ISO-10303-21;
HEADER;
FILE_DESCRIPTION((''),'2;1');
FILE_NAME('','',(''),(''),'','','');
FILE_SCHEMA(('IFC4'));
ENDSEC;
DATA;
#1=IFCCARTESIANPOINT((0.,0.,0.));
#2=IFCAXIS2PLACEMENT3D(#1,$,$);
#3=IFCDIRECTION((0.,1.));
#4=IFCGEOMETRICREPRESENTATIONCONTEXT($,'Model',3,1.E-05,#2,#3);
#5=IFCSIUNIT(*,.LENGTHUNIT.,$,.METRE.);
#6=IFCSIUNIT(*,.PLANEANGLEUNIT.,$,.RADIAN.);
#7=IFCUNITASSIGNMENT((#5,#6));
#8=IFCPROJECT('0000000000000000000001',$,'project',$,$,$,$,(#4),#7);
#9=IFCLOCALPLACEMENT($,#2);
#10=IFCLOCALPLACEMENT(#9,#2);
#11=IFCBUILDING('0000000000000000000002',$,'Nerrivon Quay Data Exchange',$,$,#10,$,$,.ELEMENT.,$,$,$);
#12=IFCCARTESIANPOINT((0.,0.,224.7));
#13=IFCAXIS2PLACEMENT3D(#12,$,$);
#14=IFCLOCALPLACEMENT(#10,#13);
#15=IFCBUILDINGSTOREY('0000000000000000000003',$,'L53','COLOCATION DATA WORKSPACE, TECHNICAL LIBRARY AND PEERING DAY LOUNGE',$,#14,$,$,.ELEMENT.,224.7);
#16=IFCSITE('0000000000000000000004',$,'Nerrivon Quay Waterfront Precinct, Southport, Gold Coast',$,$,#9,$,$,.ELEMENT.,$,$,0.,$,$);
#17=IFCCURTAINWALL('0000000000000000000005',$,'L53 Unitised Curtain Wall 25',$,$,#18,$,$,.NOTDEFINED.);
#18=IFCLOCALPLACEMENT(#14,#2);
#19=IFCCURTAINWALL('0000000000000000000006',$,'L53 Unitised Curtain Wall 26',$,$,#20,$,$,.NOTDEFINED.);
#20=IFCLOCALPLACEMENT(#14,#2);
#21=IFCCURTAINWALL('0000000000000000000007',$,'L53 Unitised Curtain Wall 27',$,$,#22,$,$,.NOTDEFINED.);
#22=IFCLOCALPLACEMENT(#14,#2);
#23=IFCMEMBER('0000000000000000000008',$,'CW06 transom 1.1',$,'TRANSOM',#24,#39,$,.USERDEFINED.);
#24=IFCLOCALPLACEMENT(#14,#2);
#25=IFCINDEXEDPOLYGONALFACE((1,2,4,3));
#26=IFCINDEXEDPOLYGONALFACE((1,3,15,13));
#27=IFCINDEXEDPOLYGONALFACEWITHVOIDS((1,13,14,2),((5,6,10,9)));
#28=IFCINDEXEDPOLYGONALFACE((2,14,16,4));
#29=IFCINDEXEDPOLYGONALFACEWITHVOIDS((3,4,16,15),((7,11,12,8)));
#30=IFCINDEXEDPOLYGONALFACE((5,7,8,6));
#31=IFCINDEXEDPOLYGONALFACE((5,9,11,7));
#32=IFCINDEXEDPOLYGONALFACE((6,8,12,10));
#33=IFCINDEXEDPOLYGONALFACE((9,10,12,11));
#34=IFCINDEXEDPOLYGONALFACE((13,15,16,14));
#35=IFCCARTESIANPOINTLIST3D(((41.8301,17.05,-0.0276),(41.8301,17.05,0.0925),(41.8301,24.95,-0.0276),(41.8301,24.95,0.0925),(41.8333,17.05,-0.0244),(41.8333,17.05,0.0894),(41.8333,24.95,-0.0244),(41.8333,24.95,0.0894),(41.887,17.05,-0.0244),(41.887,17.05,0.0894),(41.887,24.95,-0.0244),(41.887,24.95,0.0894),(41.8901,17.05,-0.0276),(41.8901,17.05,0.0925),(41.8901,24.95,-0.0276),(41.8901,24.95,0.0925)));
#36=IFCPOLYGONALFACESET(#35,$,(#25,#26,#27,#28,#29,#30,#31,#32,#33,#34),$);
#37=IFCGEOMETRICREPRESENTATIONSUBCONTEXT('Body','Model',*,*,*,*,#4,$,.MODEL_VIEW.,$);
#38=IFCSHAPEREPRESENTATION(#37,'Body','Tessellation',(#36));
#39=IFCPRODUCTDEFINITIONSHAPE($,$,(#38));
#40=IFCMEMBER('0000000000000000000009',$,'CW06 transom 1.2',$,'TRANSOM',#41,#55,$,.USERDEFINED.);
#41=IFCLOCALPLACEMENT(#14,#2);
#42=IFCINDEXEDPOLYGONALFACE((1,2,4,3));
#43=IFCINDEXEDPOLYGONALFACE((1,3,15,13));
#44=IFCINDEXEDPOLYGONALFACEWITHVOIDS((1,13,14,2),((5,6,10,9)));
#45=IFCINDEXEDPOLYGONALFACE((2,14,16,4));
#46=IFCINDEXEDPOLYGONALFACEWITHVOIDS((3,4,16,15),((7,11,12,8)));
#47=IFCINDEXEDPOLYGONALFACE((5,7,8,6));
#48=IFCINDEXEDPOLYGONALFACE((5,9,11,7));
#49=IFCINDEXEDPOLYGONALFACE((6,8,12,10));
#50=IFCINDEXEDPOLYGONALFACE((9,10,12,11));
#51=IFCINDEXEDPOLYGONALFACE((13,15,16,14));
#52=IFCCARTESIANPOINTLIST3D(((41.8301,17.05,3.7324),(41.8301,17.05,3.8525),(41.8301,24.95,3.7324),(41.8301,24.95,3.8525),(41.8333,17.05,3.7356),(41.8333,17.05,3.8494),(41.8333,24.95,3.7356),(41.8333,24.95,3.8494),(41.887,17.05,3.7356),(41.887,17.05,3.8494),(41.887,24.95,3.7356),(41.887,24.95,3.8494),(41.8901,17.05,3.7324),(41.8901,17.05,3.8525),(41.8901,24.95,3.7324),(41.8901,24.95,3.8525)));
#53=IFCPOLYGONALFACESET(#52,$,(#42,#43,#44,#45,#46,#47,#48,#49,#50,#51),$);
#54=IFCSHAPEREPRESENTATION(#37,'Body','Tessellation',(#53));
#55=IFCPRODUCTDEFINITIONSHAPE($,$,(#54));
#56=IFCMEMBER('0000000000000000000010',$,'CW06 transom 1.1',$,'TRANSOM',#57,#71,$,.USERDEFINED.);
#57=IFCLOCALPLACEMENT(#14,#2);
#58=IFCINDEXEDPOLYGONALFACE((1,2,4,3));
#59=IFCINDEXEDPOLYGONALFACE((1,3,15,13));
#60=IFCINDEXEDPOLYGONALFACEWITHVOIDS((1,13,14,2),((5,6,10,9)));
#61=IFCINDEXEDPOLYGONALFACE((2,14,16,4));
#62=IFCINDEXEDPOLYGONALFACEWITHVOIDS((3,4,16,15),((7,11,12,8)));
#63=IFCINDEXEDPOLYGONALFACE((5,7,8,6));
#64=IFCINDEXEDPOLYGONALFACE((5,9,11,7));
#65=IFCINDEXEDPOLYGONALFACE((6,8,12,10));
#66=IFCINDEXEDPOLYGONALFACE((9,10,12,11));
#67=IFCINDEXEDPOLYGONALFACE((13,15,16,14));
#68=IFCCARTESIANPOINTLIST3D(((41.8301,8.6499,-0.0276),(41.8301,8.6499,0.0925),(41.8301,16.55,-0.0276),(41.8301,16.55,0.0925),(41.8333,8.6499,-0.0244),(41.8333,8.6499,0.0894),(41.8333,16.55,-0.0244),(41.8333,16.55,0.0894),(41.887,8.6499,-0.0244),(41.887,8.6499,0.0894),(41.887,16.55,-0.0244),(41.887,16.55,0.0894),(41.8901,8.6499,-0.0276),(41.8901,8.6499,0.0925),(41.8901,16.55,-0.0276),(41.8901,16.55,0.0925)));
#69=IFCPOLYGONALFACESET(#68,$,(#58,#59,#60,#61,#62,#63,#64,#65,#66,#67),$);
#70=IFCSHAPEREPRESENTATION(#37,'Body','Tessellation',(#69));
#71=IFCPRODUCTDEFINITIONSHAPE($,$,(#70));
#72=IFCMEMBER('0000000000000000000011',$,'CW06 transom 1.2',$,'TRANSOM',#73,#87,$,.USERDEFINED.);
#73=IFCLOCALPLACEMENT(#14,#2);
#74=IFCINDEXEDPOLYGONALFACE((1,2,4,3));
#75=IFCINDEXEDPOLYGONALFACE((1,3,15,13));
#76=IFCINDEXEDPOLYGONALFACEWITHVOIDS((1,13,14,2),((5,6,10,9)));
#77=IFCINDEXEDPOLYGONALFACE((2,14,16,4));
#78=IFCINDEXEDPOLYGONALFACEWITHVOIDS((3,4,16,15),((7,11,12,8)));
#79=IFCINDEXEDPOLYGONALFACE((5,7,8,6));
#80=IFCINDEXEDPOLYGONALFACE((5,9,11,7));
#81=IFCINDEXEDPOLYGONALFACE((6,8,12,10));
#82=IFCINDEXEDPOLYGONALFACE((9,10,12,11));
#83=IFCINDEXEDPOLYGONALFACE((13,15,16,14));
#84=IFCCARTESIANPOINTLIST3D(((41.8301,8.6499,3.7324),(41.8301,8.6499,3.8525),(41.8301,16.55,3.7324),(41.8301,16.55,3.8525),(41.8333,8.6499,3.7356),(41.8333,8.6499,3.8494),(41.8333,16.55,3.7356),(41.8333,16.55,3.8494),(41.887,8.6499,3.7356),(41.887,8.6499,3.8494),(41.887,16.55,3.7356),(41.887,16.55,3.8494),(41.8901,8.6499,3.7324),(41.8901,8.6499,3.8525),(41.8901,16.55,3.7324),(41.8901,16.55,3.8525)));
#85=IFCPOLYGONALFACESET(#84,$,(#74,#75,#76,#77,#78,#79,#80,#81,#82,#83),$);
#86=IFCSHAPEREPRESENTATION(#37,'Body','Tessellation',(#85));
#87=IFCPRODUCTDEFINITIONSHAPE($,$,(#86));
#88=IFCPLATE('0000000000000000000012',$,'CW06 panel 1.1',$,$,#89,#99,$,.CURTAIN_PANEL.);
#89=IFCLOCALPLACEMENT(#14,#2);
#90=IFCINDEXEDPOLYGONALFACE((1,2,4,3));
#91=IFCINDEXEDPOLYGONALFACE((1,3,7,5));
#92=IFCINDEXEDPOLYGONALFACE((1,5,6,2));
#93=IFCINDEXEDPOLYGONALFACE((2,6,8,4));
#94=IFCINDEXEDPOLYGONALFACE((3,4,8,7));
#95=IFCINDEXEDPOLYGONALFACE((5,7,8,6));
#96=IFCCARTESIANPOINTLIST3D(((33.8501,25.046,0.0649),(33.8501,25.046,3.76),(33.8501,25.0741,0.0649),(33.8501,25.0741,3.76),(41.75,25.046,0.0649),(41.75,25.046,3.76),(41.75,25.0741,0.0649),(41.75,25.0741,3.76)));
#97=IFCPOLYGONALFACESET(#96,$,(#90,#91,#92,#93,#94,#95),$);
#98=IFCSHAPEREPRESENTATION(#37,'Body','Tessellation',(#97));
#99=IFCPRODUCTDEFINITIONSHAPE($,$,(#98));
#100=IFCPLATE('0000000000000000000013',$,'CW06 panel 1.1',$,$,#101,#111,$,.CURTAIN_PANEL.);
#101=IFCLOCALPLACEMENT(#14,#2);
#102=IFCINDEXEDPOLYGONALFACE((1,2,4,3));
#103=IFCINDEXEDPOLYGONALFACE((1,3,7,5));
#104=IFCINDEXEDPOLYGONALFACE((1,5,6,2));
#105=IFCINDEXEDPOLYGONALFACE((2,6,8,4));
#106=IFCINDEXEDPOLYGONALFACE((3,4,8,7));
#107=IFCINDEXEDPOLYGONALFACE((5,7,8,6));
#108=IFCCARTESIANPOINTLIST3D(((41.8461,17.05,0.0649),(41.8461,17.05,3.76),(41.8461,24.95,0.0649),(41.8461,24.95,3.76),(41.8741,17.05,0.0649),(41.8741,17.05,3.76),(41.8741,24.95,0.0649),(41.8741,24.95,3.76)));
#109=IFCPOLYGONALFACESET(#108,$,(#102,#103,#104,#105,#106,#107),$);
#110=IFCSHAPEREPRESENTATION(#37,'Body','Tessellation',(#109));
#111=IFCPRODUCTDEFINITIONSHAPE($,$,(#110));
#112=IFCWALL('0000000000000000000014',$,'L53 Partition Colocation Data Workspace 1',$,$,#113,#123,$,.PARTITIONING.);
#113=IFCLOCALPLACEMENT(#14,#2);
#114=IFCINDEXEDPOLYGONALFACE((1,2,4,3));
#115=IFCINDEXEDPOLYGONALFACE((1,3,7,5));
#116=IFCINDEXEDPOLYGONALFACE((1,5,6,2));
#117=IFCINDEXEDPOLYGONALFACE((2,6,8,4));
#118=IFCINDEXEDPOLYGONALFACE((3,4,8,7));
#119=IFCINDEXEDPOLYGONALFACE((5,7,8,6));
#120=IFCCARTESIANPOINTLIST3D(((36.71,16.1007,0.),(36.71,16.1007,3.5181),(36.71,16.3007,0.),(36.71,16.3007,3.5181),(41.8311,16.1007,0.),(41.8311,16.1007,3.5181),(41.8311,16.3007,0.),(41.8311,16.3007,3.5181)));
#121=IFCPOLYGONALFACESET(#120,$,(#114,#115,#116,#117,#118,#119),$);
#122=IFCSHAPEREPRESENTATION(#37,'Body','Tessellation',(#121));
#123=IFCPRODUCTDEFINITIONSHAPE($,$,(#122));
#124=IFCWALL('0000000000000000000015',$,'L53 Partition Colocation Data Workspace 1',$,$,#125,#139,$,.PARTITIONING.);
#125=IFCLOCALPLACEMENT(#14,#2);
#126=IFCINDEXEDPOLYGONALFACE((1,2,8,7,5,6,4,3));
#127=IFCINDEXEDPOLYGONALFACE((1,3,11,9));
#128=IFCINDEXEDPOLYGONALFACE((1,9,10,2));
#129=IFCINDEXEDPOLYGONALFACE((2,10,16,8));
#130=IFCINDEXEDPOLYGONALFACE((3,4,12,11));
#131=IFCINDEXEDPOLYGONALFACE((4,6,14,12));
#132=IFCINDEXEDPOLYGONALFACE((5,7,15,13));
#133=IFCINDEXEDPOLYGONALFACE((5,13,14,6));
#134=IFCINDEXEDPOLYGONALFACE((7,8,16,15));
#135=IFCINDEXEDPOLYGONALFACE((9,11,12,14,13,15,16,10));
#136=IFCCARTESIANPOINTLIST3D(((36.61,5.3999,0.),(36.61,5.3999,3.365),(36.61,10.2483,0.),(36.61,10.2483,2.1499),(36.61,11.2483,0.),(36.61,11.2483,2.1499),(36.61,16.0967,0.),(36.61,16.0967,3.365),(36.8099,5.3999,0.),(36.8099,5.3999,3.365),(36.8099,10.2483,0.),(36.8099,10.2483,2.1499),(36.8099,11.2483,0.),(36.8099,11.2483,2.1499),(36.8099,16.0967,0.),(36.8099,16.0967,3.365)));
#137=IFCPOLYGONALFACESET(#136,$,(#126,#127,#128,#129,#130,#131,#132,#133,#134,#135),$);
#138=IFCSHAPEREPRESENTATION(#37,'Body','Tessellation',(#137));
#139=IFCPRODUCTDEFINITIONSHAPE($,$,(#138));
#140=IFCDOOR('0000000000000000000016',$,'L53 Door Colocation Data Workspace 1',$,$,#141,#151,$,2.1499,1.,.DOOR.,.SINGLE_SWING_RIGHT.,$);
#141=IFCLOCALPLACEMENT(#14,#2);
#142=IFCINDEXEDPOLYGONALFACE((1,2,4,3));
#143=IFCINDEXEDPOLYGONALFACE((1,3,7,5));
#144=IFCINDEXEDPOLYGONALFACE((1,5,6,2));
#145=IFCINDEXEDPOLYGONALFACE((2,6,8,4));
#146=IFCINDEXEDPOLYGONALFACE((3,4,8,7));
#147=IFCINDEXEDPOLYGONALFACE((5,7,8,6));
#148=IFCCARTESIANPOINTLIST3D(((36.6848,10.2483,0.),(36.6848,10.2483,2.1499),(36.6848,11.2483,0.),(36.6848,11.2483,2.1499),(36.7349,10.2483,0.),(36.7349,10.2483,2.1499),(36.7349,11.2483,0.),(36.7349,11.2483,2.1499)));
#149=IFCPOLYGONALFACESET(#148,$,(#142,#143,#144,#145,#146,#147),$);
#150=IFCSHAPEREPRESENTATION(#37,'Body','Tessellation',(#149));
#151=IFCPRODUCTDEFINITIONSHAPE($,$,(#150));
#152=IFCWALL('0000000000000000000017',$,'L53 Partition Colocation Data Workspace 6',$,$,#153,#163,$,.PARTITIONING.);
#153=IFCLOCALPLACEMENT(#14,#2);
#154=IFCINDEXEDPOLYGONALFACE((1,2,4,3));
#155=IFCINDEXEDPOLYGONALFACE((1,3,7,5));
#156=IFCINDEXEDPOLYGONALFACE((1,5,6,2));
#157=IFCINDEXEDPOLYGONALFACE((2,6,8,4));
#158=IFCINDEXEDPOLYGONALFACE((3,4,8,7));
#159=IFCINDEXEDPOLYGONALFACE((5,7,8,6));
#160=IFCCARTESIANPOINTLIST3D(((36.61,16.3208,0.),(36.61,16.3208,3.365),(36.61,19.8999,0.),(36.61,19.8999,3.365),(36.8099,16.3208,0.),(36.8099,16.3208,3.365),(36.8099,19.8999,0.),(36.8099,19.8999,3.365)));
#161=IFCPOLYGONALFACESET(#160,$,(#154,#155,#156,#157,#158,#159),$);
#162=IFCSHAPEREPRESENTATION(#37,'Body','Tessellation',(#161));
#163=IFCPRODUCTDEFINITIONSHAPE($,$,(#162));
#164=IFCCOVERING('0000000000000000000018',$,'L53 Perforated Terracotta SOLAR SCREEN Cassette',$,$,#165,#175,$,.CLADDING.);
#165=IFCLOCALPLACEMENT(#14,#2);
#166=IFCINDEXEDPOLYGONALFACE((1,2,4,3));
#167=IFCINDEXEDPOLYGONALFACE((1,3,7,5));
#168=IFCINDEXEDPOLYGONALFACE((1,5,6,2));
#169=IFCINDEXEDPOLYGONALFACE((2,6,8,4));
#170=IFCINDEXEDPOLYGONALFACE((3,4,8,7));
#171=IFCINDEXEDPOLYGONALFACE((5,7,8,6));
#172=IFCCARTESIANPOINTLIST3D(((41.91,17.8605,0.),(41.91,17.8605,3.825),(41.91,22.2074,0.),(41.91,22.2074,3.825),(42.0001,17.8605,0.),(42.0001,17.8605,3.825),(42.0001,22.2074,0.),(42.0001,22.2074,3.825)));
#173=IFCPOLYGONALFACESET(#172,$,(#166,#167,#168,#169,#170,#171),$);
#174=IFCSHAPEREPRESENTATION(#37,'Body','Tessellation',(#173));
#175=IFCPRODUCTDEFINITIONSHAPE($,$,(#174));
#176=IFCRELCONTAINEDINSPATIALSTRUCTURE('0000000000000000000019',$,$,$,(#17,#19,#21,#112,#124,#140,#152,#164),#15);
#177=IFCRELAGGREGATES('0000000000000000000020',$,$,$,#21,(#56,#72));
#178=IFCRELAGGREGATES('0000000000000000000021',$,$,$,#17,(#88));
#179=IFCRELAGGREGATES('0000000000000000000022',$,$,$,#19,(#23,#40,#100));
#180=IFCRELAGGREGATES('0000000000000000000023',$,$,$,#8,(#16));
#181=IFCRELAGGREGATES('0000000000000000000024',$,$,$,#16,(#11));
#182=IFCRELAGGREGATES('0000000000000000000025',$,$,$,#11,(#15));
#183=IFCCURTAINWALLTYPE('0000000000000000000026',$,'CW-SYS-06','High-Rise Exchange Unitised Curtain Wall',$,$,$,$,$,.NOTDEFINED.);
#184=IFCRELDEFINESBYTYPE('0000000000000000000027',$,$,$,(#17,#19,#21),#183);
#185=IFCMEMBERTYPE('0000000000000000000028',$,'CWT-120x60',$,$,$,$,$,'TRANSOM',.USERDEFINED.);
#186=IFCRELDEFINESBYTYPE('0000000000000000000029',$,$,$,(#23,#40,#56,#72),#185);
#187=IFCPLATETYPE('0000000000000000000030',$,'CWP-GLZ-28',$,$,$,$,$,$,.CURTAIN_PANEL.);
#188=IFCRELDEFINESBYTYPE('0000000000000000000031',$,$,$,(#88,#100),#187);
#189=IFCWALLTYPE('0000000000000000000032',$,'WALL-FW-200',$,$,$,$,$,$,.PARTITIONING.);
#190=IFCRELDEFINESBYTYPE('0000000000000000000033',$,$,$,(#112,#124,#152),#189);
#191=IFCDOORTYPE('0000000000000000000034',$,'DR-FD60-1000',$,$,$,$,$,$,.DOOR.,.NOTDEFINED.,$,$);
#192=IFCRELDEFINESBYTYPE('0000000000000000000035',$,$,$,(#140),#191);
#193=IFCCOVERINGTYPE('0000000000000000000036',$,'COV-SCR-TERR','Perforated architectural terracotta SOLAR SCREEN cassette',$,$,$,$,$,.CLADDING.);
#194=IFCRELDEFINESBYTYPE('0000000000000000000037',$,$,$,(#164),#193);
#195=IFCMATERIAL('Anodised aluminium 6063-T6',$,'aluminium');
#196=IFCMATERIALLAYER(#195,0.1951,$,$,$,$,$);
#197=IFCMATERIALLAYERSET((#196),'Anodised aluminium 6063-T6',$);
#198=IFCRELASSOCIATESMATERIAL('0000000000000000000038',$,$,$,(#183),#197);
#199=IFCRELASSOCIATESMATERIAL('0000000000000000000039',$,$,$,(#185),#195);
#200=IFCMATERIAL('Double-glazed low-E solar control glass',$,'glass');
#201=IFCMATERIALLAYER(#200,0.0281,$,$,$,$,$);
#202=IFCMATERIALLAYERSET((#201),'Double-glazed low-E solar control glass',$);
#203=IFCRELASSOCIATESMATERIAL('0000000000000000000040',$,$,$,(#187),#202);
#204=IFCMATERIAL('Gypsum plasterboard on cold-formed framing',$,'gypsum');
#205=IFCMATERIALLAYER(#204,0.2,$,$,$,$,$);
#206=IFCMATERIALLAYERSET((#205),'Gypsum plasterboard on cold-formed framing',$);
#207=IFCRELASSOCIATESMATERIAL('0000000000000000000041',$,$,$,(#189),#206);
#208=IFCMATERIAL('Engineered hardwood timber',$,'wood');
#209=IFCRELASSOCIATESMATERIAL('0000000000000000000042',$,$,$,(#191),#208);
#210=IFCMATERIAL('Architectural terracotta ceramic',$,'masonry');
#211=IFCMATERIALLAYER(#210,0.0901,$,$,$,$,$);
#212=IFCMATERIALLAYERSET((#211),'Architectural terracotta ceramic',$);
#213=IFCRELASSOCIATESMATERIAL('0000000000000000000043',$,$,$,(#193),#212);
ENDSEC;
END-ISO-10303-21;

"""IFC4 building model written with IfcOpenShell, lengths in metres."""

from ifc_helpers import new_model, si_unit, direction, frame, frame_2d, origin, origin_2d, place, context, subcontext, project, spatial, rectangle, hollow_rectangle, extrude, material, layer, layer_set, material_profile, profile_set, type_object, element, fill, aggregate, save


model = new_model("IFC4")

# Units and contexts
model_context = context("Model", 3, precision=1e-05, world=origin(), true_north=direction((0.0, 1.0)))
body_context = subcontext(model_context, "Body", "Model", "MODEL_VIEW")
ifc_project = project(units=[si_unit("LENGTHUNIT", "METRE"), si_unit("PLANEANGLEUNIT", "RADIAN")], contexts=[model_context])

# Site, building, storey
site_placement = place(None, origin())
site = spatial("IfcSite", under=ifc_project, at=site_placement, Name="Nerrivon Quay Waterfront Precinct, Southport, Gold Coast", CompositionType="ELEMENT", RefElevation=0.0)
building_placement = place(site_placement, origin())
building = spatial("IfcBuilding", under=site, at=building_placement, Name="Nerrivon Quay Data Exchange", CompositionType="ELEMENT")
storey_placement = place(building_placement, frame((0.0, 0.0, 224.7)))
storey = spatial("IfcBuildingStorey", under=building, at=storey_placement, Name="L53", Description="COLOCATION DATA WORKSPACE, TECHNICAL LIBRARY AND PEERING DAY LOUNGE", CompositionType="ELEMENT", Elevation=224.7)

# Curtain walls
ifc_material_1 = material(Name="Anodised aluminium 6063-T6", Category="aluminium")
ifc_layer_1 = layer(ifc_material_1, 0.1951)
ifc_layer_set_1 = layer_set([ifc_layer_1], Name="Anodised aluminium 6063-T6")
curtain_wall_type = type_object("IfcCurtainWallType", Name="CW-SYS-06", Description="High-Rise Exchange Unitised Curtain Wall", PredefinedType="NOTDEFINED", material=ifc_layer_set_1)
curtain_wall_1_placement = place(storey_placement, origin())
curtain_wall_1 = element("IfcCurtainWall", 1, at=curtain_wall_1_placement, inside=storey, type_object=curtain_wall_type, Name="L53 Unitised Curtain Wall 25", PredefinedType="NOTDEFINED")
curtain_wall_2_placement = place(storey_placement, origin())
curtain_wall_2 = element("IfcCurtainWall", 2, at=curtain_wall_2_placement, inside=storey, type_object=curtain_wall_type, Name="L53 Unitised Curtain Wall 26", PredefinedType="NOTDEFINED")

# Curtain wall
curtain_wall_3_placement = place(storey_placement, origin())
curtain_wall_3 = element("IfcCurtainWall", 3, at=curtain_wall_3_placement, inside=storey, type_object=curtain_wall_type, Name="L53 Unitised Curtain Wall 27", PredefinedType="NOTDEFINED")

# Members
ifc_material_profile_1 = material_profile(ifc_material_1, hollow_rectangle(XDim=0.0601, YDim=0.1201, WallThickness=0.0032, at=origin_2d()), Name="ALU-TRAN-120x60")
ifc_profile_set_1 = profile_set([ifc_material_profile_1], Name="Anodised aluminium 6063-T6")
member_type_1 = type_object("IfcMemberType", Name="CWT-120x60", ElementType="TRANSOM", PredefinedType="USERDEFINED", material=ifc_profile_set_1)
member_1_placement = place(storey_placement, frame((41.8601, 24.95, 0.0325), z_axis=(0.0, -1.0, 0.0), x_axis=(1.0, 0.0, 0.0)))
member_1 = element("IfcMember", 4, at=member_1_placement, type_object=member_type_1, Name="CW06 transom 1.1", ObjectType="TRANSOM", PredefinedType="USERDEFINED", context=body_context, shape_type="SweptSolid", body=[
    extrude(hollow_rectangle(XDim=0.0601, YDim=0.1201, WallThickness=0.0032, at=origin_2d()), origin(), (0.0, 0.0, 1.0), 7.8999),
])
member_2_placement = place(storey_placement, frame((41.8601, 24.95, 3.7925), z_axis=(0.0, -1.0, 0.0), x_axis=(1.0, 0.0, 0.0)))
member_2 = element("IfcMember", 5, at=member_2_placement, type_object=member_type_1, Name="CW06 transom 1.2", ObjectType="TRANSOM", PredefinedType="USERDEFINED", context=body_context, shape_type="SweptSolid", body=[
    extrude(hollow_rectangle(XDim=0.0601, YDim=0.1201, WallThickness=0.0032, at=origin_2d()), origin(), (0.0, 0.0, 1.0), 7.8999),
])
member_3_placement = place(storey_placement, frame((41.8601, 16.55, 0.0325), z_axis=(0.0, -1.0, 0.0), x_axis=(1.0, 0.0, 0.0)))
member_3 = element("IfcMember", 6, at=member_3_placement, type_object=member_type_1, Name="CW06 transom 1.1", ObjectType="TRANSOM", PredefinedType="USERDEFINED", context=body_context, shape_type="SweptSolid", body=[
    extrude(hollow_rectangle(XDim=0.0601, YDim=0.1201, WallThickness=0.0032, at=origin_2d()), origin(), (0.0, 0.0, 1.0), 7.9001),
])
member_4_placement = place(storey_placement, frame((41.8601, 16.55, 3.7925), z_axis=(0.0, -1.0, 0.0), x_axis=(1.0, 0.0, 0.0)))
member_4 = element("IfcMember", 7, at=member_4_placement, type_object=member_type_1, Name="CW06 transom 1.2", ObjectType="TRANSOM", PredefinedType="USERDEFINED", context=body_context, shape_type="SweptSolid", body=[
    extrude(hollow_rectangle(XDim=0.0601, YDim=0.1201, WallThickness=0.0032, at=origin_2d()), origin(), (0.0, 0.0, 1.0), 7.9001),
])
aggregate(curtain_wall_3, [member_3, member_4])

# Plates
ifc_material_2 = material(Name="Double-glazed low-E solar control glass", Category="glass")
ifc_layer_2 = layer(ifc_material_2, 0.0281)
ifc_layer_set_2 = layer_set([ifc_layer_2], Name="Double-glazed low-E solar control glass")
plate_type = type_object("IfcPlateType", Name="CWP-GLZ-28", PredefinedType="CURTAIN_PANEL", material=ifc_layer_set_2)
plate_1_placement = place(storey_placement, frame((37.8, 25.0601, 0.0649), z_axis=(0.0, 0.0, 1.0), x_axis=(1.0, 0.0, 0.0)))
plate_1 = element("IfcPlate", 8, at=plate_1_placement, type_object=plate_type, Name="CW06 panel 1.1", PredefinedType="CURTAIN_PANEL", context=body_context, shape_type="SweptSolid", body=[
    extrude(rectangle(XDim=7.8999, YDim=0.0281, at=origin_2d()), origin(), (0.0, 0.0, 1.0), 3.6951),
])
aggregate(curtain_wall_1, [plate_1])
plate_2_placement = place(storey_placement, frame((41.8601, 21.0, 0.0649), z_axis=(0.0, 0.0, 1.0), x_axis=(0.0, -1.0, 0.0)))
plate_2 = element("IfcPlate", 9, at=plate_2_placement, type_object=plate_type, Name="CW06 panel 1.1", PredefinedType="CURTAIN_PANEL", context=body_context, shape_type="SweptSolid", body=[
    extrude(rectangle(XDim=7.8999, YDim=0.0281, at=origin_2d()), origin(), (0.0, 0.0, 1.0), 3.6951),
])
aggregate(curtain_wall_2, [member_1, member_2, plate_2])

# Wall
ifc_material_3 = material(Name="Gypsum plasterboard on cold-formed framing", Category="gypsum")
ifc_layer_3 = layer(ifc_material_3, 0.2)
ifc_layer_set_3 = layer_set([ifc_layer_3], Name="Gypsum plasterboard on cold-formed framing")
wall_type = type_object("IfcWallType", Name="WALL-FW-200", PredefinedType="PARTITIONING", material=ifc_layer_set_3)
wall_1_placement = place(storey_placement, frame((41.8311, 16.2007, 0.0), z_axis=(0.0, 0.0, 1.0), x_axis=(-1.0, 0.0, 0.0)))
element("IfcWall", 10, at=wall_1_placement, inside=storey, type_object=wall_type, Name="L53 Partition Colocation Data Workspace 1", PredefinedType="PARTITIONING", context=body_context, shape_type="SweptSolid", body=[
    extrude(rectangle(XDim=5.1211, YDim=0.2, at=frame_2d((2.5605, 0.0))), origin(), (0.0, 0.0, 1.0), 3.5181),
])

# Wall, opening, door
wall_2_placement = place(storey_placement, frame((36.71, 16.0967, 0.0), z_axis=(0.0, 0.0, 1.0), x_axis=(0.0, -1.0, 0.0)))
wall_2 = element("IfcWall", 11, at=wall_2_placement, inside=storey, type_object=wall_type, Name="L53 Partition Colocation Data Workspace 1", PredefinedType="PARTITIONING", context=body_context, shape_type="SweptSolid", body=[
    extrude(rectangle(XDim=10.6968, YDim=0.2, at=frame_2d((5.3484, 0.0))), origin(), (0.0, 0.0, 1.0), 3.365),
])
opening_placement = place(wall_2_placement, frame((4.8484, 0.0, 0.0)))
opening = element("IfcOpeningElement", 12, at=opening_placement, cuts=wall_2, PredefinedType="OPENING", context=body_context, shape_type="SweptSolid", body=[
    extrude(rectangle(XDim=1.0, YDim=2.1499, at=frame_2d((0.5, 1.075))), frame((0.0, 0.1099, 0.0), z_axis=(0.0, -1.0, 0.0), x_axis=(1.0, 0.0, 0.0)), (0.0, 0.0, 1.0), 0.22),
])
ifc_material_4 = material(Name="Engineered hardwood timber", Category="wood")
door_type = type_object("IfcDoorType", Name="DR-FD60-1000", OperationType="NOTDEFINED", PredefinedType="DOOR", material=ifc_material_4)
door_placement = place(opening_placement, origin())
door = element("IfcDoor", 13, at=door_placement, inside=storey, type_object=door_type, Name="L53 Door Colocation Data Workspace 1", OperationType="SINGLE_SWING_RIGHT", OverallHeight=2.1499, OverallWidth=1.0, PredefinedType="DOOR", context=body_context, shape_type="SweptSolid", body=[
    extrude(rectangle(XDim=1.0, YDim=2.1499, at=frame_2d((0.5, 1.075))), frame((0.0, 0.0249, 0.0), z_axis=(0.0, -1.0, 0.0), x_axis=(1.0, 0.0, 0.0)), (0.0, 0.0, 1.0), 0.05),
])
fill(opening, door)

# Wall
wall_3_placement = place(storey_placement, frame((36.71, 19.8999, 0.0), z_axis=(0.0, 0.0, 1.0), x_axis=(0.0, -1.0, 0.0)))
element("IfcWall", 14, at=wall_3_placement, inside=storey, type_object=wall_type, Name="L53 Partition Colocation Data Workspace 6", PredefinedType="PARTITIONING", context=body_context, shape_type="SweptSolid", body=[
    extrude(rectangle(XDim=3.5791, YDim=0.2, at=frame_2d((1.7896, 0.0))), origin(), (0.0, 0.0, 1.0), 3.365),
])

# Covering
ifc_material_5 = material(Name="Architectural terracotta ceramic", Category="masonry")
ifc_layer_4 = layer(ifc_material_5, 0.0901)
ifc_layer_set_4 = layer_set([ifc_layer_4], Name="Architectural terracotta ceramic")
covering_type = type_object("IfcCoveringType", Name="COV-SCR-TERR", Description="Perforated architectural terracotta SOLAR SCREEN cassette", PredefinedType="CLADDING", material=ifc_layer_set_4)
covering_placement = place(storey_placement, frame((41.9551, 20.0339, 0.0), z_axis=(0.0, 0.0, 1.0), x_axis=(0.0, -1.0, 0.0)))
element("IfcCovering", 15, at=covering_placement, inside=storey, type_object=covering_type, Name="L53 Perforated Terracotta SOLAR SCREEN Cassette", PredefinedType="CLADDING", context=body_context, shape_type="SweptSolid", body=[
    extrude(rectangle(XDim=4.3469, YDim=0.0901, at=origin_2d()), origin(), (0.0, 0.0, 1.0), 3.825),
])

save(model, "model.ifc")
